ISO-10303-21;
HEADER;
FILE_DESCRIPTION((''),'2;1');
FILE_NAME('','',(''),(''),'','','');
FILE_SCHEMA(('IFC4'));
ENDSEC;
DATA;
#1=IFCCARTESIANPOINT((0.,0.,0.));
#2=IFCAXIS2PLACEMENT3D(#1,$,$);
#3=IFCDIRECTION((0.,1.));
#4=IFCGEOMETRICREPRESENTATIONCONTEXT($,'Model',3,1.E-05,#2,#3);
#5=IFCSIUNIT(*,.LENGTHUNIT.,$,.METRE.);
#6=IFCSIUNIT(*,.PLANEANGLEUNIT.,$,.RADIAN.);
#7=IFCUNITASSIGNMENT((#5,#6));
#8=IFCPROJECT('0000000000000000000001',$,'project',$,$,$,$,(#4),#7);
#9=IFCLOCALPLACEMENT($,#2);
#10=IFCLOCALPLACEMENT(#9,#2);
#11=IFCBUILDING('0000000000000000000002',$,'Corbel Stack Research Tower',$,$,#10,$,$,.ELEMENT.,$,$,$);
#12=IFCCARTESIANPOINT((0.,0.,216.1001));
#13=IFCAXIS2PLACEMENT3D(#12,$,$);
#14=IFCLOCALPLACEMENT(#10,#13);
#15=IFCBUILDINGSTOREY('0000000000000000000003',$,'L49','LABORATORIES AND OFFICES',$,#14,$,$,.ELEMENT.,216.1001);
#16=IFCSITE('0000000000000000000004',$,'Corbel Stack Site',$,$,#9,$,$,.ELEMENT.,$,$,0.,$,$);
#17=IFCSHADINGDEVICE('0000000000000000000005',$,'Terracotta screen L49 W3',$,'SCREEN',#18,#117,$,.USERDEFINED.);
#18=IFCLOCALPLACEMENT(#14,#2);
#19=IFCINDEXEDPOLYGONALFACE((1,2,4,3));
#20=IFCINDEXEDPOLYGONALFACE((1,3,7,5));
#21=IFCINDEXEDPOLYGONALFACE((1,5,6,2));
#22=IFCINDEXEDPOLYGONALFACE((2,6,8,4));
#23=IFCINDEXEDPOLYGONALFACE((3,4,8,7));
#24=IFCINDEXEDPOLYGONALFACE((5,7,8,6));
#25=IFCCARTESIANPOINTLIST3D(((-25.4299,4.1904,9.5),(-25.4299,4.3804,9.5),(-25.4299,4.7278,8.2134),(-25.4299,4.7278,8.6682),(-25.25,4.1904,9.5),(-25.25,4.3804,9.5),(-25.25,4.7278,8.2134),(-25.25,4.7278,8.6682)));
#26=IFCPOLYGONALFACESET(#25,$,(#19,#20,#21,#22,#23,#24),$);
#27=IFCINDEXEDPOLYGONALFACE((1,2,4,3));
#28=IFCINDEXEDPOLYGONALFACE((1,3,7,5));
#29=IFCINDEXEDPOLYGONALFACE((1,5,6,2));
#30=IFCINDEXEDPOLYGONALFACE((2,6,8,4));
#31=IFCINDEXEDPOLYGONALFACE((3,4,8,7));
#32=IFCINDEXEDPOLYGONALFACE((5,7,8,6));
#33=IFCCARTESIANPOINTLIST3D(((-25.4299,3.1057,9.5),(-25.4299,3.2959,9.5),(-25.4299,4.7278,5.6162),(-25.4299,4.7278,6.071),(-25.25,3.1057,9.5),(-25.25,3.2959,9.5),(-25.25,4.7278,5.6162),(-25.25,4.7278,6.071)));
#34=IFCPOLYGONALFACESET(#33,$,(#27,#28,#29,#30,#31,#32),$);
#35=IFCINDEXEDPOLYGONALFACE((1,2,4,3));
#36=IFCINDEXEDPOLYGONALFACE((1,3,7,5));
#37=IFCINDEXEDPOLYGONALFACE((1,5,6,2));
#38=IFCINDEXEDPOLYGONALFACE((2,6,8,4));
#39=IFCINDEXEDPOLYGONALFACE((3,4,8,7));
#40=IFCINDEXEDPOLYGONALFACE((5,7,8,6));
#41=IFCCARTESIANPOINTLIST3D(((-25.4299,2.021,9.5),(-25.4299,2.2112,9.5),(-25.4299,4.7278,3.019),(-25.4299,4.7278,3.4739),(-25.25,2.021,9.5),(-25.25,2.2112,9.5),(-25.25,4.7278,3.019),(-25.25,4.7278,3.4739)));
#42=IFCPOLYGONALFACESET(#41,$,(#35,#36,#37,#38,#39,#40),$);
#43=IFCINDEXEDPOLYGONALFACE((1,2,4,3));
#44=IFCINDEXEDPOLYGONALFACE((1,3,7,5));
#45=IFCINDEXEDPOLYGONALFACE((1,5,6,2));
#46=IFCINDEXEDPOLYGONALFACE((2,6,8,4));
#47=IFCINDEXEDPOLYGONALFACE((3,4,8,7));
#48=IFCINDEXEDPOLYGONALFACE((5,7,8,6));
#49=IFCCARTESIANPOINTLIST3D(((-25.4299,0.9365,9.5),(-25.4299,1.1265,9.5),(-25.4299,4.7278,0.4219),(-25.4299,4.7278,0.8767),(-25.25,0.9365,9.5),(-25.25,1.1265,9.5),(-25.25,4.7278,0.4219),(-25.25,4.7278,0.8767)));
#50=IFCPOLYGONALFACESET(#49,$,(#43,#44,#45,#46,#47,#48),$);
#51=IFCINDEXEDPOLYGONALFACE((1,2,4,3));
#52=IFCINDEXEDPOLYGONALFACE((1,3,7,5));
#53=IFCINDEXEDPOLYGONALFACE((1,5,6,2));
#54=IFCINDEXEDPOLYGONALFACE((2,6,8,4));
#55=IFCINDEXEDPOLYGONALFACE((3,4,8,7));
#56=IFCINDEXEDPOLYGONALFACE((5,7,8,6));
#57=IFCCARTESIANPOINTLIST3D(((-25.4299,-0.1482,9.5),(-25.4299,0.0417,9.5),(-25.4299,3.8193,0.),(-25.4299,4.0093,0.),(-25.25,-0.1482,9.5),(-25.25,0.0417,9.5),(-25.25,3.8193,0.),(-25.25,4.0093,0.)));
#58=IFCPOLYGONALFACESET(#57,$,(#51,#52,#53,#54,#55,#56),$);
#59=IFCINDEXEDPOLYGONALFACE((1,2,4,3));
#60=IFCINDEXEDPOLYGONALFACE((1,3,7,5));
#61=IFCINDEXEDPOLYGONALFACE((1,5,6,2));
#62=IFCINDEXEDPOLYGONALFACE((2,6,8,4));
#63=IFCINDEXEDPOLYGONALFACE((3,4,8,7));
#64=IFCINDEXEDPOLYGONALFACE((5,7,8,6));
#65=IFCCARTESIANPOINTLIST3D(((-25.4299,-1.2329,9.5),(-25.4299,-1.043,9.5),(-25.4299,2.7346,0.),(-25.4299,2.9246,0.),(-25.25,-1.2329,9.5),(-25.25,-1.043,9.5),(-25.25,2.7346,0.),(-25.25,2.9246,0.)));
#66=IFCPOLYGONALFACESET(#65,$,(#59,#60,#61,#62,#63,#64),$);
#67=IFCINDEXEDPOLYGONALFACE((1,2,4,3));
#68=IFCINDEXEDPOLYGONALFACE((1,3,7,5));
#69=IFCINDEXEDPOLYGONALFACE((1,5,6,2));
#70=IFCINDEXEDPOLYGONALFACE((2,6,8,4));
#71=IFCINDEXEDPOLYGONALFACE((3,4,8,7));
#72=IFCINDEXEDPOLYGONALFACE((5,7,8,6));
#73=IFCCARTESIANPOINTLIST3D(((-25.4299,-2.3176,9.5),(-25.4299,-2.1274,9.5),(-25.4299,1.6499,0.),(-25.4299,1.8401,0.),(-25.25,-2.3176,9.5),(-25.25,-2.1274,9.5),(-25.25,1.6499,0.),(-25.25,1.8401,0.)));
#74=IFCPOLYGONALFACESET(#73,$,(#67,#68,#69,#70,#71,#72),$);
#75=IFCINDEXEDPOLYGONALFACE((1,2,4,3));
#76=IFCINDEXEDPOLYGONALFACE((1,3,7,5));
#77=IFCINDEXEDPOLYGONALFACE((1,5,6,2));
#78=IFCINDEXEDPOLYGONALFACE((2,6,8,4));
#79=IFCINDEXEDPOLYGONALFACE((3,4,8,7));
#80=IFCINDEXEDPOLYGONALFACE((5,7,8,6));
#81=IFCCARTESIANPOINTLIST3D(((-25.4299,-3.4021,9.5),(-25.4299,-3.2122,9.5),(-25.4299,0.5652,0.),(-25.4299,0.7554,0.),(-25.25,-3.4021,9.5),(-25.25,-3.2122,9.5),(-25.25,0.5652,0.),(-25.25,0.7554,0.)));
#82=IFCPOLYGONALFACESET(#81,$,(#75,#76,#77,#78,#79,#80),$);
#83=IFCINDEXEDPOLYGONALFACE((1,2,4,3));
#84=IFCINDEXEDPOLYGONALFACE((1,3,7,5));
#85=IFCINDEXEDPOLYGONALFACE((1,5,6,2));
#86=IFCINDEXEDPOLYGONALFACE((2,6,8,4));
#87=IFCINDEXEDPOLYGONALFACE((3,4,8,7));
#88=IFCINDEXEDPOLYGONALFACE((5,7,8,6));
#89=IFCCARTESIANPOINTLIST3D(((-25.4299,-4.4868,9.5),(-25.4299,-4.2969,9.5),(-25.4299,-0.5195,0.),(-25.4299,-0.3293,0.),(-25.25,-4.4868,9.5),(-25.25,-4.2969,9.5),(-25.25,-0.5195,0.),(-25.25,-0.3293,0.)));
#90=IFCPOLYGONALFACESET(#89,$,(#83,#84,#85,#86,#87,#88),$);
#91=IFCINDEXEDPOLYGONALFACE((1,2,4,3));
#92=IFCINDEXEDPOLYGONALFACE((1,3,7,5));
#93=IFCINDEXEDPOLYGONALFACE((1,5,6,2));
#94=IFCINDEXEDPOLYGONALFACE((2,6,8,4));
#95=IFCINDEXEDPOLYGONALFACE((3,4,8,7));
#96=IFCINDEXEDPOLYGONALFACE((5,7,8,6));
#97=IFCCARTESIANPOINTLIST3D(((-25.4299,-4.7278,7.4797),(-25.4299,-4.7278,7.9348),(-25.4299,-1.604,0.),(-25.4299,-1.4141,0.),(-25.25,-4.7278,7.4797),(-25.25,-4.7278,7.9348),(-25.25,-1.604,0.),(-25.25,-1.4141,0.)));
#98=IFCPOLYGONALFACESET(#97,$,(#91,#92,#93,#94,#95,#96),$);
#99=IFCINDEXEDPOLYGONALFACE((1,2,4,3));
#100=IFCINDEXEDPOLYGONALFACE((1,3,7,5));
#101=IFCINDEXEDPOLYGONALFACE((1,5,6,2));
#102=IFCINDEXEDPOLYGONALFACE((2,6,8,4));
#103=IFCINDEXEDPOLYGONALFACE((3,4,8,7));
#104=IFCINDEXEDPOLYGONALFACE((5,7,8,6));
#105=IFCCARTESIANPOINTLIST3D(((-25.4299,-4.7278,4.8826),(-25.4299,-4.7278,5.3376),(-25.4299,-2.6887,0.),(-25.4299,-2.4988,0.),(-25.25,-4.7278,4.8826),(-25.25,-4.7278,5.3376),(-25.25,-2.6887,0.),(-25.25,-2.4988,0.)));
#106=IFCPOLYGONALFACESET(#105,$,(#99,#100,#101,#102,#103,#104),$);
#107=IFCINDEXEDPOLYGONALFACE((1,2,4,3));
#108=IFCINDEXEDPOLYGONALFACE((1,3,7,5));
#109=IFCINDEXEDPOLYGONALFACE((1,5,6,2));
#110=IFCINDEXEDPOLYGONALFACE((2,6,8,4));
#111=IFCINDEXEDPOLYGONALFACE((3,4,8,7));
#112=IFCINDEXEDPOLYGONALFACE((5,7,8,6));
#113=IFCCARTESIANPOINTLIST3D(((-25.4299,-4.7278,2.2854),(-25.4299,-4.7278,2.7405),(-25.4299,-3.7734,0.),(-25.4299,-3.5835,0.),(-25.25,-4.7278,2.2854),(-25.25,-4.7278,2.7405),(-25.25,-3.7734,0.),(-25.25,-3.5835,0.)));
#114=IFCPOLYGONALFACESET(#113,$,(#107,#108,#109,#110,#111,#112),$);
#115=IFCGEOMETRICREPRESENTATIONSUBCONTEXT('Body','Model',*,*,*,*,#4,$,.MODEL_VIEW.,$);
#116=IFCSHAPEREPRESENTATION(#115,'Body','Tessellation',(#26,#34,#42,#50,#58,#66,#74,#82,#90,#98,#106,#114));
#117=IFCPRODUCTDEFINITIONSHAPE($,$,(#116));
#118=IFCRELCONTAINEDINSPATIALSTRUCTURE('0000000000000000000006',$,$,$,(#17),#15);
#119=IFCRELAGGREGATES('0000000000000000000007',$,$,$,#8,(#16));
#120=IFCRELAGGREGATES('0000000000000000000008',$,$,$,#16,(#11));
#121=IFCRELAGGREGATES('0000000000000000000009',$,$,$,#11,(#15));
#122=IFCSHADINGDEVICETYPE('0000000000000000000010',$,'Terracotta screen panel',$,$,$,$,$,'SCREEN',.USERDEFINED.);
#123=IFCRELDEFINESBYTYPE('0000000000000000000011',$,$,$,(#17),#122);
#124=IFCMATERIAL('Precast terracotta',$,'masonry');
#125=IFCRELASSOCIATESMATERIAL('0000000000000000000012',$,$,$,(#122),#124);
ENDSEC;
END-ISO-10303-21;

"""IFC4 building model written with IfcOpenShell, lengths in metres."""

from ifc_helpers import new_model, si_unit, direction, frame, origin, place, context, subcontext, project, spatial, polyline, outline, extrude, source, transform, mapped, material, type_object, element, save


model = new_model("IFC4")

# Units and contexts
model_context = context("Model", 3, precision=1e-05, world=origin(), true_north=direction((0.0, 1.0)))
body_context = subcontext(model_context, "Body", "Model", "MODEL_VIEW")
ifc_project = project(units=[si_unit("LENGTHUNIT", "METRE"), si_unit("PLANEANGLEUNIT", "RADIAN")], contexts=[model_context])

# Site, building, storey
site_placement = place(None, origin())
site = spatial("IfcSite", under=ifc_project, at=site_placement, Name="Corbel Stack Site", CompositionType="ELEMENT", RefElevation=0.0)
building_placement = place(site_placement, origin())
building = spatial("IfcBuilding", under=site, at=building_placement, Name="Corbel Stack Research Tower", CompositionType="ELEMENT")
storey_placement = place(building_placement, frame((0.0, 0.0, 216.1001)))
storey = spatial("IfcBuildingStorey", under=building, at=storey_placement, Name="L49", Description="LABORATORIES AND OFFICES", CompositionType="ELEMENT", Elevation=216.1001)

# Shading device
ifc_material_1 = material(Name="Precast terracotta", Category="masonry")
shading_device_type = type_object("IfcShadingDeviceType", Name="Terracotta screen panel", ElementType="SCREEN", PredefinedType="USERDEFINED", material=ifc_material_1)
shared_shape_1 = source(origin(), body_context, "Body", "SweptSolid", [
    extrude(outline(polyline([(0.5374, 9.5), (0.3474, 9.5), (0.0, 8.6682), (0.0, 8.2134), (0.5374, 9.5)])), frame((0.0, 0.0, 0.0), z_axis=(0.0, -1.0, 0.0), x_axis=(1.0, 0.0, 0.0)), (0.0, 0.0, 1.0), 0.1799),
    extrude(outline(polyline([(1.6221, 9.5), (1.4319, 9.5), (0.0, 6.071), (0.0, 5.6162), (1.6221, 9.5)])), frame((0.0, 0.0, 0.0), z_axis=(0.0, -1.0, 0.0), x_axis=(1.0, 0.0, 0.0)), (0.0, 0.0, 1.0), 0.1799),
    extrude(outline(polyline([(2.7068, 9.5), (2.5166, 9.5), (0.0, 3.4739), (0.0, 3.019), (2.7068, 9.5)])), frame((0.0, 0.0, 0.0), z_axis=(0.0, -1.0, 0.0), x_axis=(1.0, 0.0, 0.0)), (0.0, 0.0, 1.0), 0.1799),
    extrude(outline(polyline([(3.7913, 9.5), (3.6013, 9.5), (0.0, 0.8767), (0.0, 0.4219), (3.7913, 9.5)])), frame((0.0, 0.0, 0.0), z_axis=(0.0, -1.0, 0.0), x_axis=(1.0, 0.0, 0.0)), (0.0, 0.0, 1.0), 0.1799),
    extrude(outline(polyline([(0.9084, 0.0), (4.876, 9.5), (4.686, 9.5), (0.7185, 0.0), (0.9084, 0.0)])), frame((0.0, 0.0, 0.0), z_axis=(0.0, -1.0, 0.0), x_axis=(1.0, 0.0, 0.0)), (0.0, 0.0, 1.0), 0.1799),
    extrude(outline(polyline([(1.9932, 0.0), (5.9607, 9.5), (5.7708, 9.5), (1.8032, 0.0), (1.9932, 0.0)])), frame((0.0, 0.0, 0.0), z_axis=(0.0, -1.0, 0.0), x_axis=(1.0, 0.0, 0.0)), (0.0, 0.0, 1.0), 0.1799),
    extrude(outline(polyline([(3.0779, 0.0), (7.0454, 9.5), (6.8552, 9.5), (2.8877, 0.0), (3.0779, 0.0)])), frame((0.0, 0.0, 0.0), z_axis=(0.0, -1.0, 0.0), x_axis=(1.0, 0.0, 0.0)), (0.0, 0.0, 1.0), 0.1799),
    extrude(outline(polyline([(4.1626, 0.0), (8.1299, 9.5), (7.9399, 9.5), (3.9724, 0.0), (4.1626, 0.0)])), frame((0.0, 0.0, 0.0), z_axis=(0.0, -1.0, 0.0), x_axis=(1.0, 0.0, 0.0)), (0.0, 0.0, 1.0), 0.1799),
    extrude(outline(polyline([(5.2473, 0.0), (9.2146, 9.5), (9.0247, 9.5), (5.0571, 0.0), (5.2473, 0.0)])), frame((0.0, 0.0, 0.0), z_axis=(0.0, -1.0, 0.0), x_axis=(1.0, 0.0, 0.0)), (0.0, 0.0, 1.0), 0.1799),
    extrude(outline(polyline([(6.3318, 0.0), (9.4556, 7.4797), (9.4556, 7.9348), (6.1418, 0.0), (6.3318, 0.0)])), frame((0.0, 0.0, 0.0), z_axis=(0.0, -1.0, 0.0), x_axis=(1.0, 0.0, 0.0)), (0.0, 0.0, 1.0), 0.1799),
    extrude(outline(polyline([(7.4165, 0.0), (9.4556, 4.8826), (9.4556, 5.3376), (7.2266, 0.0), (7.4165, 0.0)])), frame((0.0, 0.0, 0.0), z_axis=(0.0, -1.0, 0.0), x_axis=(1.0, 0.0, 0.0)), (0.0, 0.0, 1.0), 0.1799),
    extrude(outline(polyline([(8.5012, 0.0), (9.4556, 2.2854), (9.4556, 2.7405), (8.3113, 0.0), (8.5012, 0.0)])), frame((0.0, 0.0, 0.0), z_axis=(0.0, -1.0, 0.0), x_axis=(1.0, 0.0, 0.0)), (0.0, 0.0, 1.0), 0.1799),
])
shading_device_1_placement = place(storey_placement, frame((-25.25, 4.7278, 0.0), z_axis=(0.0, 0.0, 1.0), x_axis=(0.0, -1.0, 0.0)))
element("IfcShadingDevice", 1, at=shading_device_1_placement, inside=storey, type_object=shading_device_type, Name="Terracotta screen L49 W3", ObjectType="SCREEN", PredefinedType="USERDEFINED", context=body_context, shape_type="MappedRepresentation", body=[
    mapped(shared_shape_1, transform((0.0, 0.0, 0.0))),
])

save(model, "model.ifc")
